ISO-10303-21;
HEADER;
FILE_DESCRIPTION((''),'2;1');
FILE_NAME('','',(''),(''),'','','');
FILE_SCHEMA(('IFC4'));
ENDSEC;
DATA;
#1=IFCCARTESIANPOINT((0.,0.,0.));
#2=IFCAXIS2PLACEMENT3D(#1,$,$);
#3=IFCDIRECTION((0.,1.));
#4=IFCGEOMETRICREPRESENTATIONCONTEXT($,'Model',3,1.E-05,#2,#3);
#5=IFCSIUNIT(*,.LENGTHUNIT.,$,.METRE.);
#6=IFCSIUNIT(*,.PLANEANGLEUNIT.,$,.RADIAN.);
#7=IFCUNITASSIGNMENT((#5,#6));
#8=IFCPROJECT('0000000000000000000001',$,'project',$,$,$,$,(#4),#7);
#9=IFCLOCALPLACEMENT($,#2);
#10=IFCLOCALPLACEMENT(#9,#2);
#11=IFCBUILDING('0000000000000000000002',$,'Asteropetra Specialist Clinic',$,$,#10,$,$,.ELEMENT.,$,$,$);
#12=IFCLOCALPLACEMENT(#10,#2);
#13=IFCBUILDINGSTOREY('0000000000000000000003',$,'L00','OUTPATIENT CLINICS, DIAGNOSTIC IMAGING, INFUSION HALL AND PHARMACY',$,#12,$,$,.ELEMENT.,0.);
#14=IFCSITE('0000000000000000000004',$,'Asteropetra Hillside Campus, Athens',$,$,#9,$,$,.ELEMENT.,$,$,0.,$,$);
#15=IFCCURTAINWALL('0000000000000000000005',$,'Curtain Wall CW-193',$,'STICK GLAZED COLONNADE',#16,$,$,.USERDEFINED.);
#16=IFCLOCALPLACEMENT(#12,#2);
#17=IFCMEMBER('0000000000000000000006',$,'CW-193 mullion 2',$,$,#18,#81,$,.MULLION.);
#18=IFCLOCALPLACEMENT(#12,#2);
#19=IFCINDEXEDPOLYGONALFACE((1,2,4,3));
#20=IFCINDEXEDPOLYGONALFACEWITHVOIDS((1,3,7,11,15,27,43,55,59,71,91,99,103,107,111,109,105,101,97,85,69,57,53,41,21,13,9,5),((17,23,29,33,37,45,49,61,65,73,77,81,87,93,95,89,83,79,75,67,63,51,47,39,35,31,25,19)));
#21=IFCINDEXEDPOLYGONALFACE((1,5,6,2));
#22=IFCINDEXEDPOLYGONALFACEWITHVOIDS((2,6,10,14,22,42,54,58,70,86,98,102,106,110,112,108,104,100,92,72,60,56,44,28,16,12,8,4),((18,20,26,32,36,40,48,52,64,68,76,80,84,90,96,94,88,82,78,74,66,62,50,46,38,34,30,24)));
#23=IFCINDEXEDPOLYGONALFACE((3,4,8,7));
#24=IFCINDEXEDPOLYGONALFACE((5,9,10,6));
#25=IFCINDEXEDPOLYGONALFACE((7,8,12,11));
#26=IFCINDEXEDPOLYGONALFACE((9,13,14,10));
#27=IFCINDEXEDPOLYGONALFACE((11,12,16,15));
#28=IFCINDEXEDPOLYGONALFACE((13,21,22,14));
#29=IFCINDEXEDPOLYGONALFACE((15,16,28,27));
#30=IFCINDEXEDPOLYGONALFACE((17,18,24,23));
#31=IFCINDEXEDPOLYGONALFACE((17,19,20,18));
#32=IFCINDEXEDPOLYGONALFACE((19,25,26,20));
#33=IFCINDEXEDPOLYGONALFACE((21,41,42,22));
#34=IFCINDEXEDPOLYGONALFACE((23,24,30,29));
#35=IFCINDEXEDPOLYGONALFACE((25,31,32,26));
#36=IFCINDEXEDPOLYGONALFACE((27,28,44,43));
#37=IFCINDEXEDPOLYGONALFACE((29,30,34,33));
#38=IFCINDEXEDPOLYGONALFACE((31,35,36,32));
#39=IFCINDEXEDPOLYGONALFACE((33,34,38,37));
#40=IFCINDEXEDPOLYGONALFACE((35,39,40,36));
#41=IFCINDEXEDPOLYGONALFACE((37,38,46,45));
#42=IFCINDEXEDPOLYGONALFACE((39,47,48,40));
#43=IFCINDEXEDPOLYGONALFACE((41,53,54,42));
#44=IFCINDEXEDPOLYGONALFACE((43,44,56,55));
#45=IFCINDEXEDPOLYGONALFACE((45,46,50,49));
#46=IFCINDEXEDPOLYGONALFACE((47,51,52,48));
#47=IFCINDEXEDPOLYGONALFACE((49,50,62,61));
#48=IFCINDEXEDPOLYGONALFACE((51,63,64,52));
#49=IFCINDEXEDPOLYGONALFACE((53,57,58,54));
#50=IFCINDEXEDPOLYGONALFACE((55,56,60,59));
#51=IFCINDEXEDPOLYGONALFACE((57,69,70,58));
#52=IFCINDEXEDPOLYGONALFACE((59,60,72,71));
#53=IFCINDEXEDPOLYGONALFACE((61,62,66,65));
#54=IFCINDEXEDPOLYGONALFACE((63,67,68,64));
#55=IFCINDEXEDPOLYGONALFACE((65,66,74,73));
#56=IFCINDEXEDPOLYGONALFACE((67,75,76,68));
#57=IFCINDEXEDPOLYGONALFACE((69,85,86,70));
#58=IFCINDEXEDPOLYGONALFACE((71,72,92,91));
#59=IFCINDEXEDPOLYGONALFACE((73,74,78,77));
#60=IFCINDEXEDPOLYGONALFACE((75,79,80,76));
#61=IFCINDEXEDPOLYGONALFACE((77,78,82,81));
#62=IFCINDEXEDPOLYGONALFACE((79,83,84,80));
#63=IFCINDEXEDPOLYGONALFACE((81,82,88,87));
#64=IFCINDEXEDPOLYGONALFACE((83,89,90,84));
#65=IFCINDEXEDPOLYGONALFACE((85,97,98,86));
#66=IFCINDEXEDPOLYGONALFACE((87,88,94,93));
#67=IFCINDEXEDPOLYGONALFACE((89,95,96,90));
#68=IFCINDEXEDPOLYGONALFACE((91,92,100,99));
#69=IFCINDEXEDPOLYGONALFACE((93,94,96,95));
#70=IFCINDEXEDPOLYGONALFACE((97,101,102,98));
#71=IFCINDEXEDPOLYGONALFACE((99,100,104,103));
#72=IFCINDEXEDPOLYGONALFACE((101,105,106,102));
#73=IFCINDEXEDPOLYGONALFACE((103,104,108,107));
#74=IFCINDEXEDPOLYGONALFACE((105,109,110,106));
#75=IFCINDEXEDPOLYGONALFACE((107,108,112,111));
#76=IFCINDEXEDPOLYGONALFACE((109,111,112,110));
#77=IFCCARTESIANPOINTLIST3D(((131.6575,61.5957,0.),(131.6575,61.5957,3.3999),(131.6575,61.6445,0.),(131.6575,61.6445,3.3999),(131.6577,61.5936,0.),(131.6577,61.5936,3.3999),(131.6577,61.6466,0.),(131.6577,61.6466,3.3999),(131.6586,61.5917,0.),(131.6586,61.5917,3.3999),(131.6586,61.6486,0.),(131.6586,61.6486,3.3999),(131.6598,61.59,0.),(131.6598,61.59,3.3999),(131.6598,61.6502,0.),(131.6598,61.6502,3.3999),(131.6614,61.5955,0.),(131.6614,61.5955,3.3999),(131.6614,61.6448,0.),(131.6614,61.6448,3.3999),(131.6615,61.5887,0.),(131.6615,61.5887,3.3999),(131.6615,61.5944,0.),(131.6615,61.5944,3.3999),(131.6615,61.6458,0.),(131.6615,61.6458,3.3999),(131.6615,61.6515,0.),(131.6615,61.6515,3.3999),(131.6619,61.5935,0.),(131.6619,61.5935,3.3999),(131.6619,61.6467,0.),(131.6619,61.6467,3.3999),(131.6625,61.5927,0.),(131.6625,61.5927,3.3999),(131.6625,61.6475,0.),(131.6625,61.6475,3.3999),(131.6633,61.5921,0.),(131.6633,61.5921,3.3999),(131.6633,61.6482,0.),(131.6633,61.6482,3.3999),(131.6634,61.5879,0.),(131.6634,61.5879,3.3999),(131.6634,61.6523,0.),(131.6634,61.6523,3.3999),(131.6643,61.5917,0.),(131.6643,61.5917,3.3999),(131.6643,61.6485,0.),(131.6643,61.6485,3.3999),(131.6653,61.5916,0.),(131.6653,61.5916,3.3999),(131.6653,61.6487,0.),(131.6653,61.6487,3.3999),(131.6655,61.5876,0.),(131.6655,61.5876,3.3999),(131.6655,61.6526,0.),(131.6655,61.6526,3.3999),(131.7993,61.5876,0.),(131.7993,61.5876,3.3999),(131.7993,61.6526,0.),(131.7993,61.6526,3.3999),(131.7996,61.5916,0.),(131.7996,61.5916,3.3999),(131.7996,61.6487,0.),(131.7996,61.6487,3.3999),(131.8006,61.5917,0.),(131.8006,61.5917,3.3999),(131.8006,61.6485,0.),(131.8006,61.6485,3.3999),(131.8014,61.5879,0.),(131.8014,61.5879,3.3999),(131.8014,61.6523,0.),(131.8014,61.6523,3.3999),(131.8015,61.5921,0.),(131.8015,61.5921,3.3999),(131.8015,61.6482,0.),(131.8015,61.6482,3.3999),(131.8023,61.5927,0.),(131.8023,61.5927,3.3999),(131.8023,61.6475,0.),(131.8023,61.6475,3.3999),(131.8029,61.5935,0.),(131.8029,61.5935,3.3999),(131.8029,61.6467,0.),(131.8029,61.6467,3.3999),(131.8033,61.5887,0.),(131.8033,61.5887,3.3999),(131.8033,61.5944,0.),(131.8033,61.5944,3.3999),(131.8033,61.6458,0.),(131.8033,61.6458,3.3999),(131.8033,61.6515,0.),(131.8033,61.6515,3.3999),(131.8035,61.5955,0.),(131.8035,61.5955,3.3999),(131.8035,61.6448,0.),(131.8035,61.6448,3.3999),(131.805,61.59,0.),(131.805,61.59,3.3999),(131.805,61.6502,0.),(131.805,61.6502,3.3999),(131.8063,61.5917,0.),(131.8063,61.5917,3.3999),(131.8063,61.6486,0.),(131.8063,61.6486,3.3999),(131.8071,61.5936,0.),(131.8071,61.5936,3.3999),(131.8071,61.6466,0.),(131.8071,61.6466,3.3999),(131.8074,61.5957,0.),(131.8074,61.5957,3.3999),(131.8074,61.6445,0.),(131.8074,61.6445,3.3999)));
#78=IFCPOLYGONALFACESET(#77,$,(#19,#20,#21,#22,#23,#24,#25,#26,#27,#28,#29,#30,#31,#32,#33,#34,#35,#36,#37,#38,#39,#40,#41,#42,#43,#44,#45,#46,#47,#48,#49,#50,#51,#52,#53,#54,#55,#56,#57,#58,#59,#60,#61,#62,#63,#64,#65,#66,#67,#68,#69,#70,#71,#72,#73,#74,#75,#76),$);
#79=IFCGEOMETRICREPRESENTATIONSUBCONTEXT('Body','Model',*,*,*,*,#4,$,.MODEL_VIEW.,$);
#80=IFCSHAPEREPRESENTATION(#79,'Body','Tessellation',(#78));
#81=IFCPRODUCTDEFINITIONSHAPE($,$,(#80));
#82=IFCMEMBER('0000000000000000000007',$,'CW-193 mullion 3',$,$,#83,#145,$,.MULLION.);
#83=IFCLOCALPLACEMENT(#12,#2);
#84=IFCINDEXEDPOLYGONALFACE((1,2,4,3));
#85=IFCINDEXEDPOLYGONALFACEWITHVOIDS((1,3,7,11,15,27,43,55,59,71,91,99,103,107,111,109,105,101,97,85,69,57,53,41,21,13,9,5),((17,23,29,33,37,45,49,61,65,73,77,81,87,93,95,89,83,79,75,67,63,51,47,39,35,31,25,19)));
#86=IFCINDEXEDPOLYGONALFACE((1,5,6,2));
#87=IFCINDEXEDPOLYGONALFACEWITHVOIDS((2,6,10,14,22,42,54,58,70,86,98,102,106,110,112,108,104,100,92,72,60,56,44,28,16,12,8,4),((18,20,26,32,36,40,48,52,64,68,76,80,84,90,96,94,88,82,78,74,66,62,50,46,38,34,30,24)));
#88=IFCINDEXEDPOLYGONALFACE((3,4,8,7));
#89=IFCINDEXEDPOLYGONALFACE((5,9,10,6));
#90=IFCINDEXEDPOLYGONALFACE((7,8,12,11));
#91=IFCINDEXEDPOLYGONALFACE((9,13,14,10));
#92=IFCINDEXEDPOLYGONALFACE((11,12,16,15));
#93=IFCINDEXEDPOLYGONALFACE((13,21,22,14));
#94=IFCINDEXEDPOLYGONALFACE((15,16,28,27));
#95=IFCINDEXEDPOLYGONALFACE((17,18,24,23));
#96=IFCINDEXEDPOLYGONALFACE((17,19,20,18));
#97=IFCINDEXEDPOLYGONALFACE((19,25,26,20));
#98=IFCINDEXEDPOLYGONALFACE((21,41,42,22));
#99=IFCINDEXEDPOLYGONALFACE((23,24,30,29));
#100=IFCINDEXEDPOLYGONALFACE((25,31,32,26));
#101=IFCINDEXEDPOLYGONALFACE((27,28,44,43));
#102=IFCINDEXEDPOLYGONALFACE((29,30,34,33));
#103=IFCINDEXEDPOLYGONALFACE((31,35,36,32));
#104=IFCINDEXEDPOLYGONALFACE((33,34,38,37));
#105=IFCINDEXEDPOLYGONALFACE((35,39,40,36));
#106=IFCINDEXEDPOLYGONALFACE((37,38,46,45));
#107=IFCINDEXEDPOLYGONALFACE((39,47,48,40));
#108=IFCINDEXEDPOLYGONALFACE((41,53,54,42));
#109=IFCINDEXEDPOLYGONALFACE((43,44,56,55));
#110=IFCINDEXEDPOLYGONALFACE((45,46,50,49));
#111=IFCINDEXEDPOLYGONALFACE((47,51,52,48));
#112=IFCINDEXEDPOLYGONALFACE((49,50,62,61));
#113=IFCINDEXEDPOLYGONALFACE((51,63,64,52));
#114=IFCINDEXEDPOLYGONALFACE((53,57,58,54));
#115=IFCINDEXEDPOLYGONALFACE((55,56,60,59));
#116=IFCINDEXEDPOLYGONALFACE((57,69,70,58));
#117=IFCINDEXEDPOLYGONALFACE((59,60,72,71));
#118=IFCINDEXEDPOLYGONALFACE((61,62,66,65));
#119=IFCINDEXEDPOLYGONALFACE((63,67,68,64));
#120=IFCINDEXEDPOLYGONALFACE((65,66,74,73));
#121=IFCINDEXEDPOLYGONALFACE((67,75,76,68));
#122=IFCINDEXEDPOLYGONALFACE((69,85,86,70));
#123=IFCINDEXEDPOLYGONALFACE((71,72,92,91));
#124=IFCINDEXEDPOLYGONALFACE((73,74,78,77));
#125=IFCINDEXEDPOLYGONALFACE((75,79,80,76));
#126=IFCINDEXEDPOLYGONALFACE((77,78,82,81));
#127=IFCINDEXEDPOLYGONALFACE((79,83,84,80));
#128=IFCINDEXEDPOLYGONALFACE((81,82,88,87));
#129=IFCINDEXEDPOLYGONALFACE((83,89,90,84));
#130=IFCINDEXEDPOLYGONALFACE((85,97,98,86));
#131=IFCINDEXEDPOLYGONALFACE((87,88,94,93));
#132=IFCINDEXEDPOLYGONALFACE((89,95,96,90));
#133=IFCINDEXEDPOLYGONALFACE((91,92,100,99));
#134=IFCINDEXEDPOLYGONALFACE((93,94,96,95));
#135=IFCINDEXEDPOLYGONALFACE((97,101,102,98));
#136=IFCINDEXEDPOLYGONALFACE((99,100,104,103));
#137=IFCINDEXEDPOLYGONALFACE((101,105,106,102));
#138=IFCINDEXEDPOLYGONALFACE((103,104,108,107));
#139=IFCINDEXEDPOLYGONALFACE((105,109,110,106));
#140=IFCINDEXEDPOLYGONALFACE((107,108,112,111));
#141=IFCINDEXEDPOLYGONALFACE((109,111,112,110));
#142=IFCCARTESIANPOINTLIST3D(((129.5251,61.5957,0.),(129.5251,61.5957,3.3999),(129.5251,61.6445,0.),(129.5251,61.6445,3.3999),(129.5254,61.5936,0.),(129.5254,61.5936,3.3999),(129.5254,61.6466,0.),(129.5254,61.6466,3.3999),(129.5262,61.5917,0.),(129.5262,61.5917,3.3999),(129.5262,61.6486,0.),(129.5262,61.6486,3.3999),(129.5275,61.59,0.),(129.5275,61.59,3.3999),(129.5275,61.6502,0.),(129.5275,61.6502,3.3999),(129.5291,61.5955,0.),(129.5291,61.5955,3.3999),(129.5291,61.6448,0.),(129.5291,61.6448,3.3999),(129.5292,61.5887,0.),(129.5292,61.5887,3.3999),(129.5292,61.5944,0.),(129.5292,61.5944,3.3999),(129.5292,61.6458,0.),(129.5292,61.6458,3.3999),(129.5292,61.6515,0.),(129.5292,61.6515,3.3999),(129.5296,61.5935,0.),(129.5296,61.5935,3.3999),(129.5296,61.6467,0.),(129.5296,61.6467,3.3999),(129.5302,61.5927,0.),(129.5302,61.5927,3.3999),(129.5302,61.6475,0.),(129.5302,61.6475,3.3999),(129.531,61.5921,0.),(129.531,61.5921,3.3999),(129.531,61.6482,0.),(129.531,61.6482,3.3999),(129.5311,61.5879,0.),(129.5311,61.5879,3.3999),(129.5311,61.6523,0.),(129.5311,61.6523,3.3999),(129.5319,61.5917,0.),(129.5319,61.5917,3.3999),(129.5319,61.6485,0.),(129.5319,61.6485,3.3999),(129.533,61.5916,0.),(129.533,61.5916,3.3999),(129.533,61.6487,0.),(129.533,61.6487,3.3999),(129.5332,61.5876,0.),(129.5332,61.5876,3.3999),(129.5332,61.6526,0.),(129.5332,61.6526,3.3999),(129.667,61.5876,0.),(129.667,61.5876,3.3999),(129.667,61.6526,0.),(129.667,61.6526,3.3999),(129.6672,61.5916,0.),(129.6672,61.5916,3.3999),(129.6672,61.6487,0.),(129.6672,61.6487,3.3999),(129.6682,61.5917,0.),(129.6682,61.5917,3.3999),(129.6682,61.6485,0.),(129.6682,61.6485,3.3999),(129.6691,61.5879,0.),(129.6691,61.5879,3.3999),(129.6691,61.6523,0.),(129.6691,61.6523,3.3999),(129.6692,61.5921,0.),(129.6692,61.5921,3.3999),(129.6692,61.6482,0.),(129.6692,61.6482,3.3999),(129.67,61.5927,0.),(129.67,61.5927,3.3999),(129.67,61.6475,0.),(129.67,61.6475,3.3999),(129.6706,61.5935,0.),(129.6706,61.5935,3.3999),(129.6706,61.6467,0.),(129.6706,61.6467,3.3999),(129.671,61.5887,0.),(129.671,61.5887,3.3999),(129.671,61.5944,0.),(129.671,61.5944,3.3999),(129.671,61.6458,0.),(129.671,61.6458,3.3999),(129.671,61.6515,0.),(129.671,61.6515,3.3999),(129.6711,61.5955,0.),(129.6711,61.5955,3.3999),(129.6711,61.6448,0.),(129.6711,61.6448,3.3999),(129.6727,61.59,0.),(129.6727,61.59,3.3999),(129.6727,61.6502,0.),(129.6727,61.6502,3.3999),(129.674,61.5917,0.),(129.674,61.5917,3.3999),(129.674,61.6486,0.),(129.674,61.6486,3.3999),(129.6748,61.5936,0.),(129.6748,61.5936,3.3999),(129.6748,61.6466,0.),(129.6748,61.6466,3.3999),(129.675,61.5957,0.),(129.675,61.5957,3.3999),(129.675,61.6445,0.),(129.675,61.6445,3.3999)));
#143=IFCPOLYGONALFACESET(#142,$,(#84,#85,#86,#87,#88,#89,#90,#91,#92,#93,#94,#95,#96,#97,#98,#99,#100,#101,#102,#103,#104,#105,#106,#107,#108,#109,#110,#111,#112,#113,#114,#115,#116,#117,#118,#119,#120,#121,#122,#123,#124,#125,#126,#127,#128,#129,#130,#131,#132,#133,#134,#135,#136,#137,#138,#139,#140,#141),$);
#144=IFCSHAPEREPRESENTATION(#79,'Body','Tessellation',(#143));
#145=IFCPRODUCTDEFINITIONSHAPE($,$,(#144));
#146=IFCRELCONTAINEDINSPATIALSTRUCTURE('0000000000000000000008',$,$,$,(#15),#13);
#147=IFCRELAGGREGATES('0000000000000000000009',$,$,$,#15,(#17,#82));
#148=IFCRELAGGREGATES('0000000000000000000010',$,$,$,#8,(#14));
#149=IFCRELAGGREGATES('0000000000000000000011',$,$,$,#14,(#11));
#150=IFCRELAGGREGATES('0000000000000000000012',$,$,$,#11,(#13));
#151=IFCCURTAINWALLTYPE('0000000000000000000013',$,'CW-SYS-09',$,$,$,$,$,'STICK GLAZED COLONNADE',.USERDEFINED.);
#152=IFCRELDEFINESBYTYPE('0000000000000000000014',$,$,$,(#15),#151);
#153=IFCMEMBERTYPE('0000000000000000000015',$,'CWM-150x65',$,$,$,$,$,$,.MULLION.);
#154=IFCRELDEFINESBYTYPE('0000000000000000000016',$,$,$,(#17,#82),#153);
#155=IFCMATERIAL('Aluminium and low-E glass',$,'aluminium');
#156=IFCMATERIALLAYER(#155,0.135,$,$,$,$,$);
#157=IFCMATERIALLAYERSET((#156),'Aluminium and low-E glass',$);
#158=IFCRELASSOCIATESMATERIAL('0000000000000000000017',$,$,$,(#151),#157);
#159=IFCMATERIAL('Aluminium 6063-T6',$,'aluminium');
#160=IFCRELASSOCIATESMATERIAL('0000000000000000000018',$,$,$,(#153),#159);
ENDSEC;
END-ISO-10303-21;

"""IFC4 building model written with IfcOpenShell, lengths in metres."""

from ifc_helpers import new_model, si_unit, direction, frame, origin, origin_2d, place, context, subcontext, project, spatial, hollow_rectangle, extrude, material, layer, layer_set, material_profile, profile_set, type_object, element, aggregate, save


model = new_model("IFC4")

# Units and contexts
model_context = context("Model", 3, precision=1e-05, world=origin(), true_north=direction((0.0, 1.0)))
body_context = subcontext(model_context, "Body", "Model", "MODEL_VIEW")
ifc_project = project(units=[si_unit("LENGTHUNIT", "METRE"), si_unit("PLANEANGLEUNIT", "RADIAN")], contexts=[model_context])

# Site, building, storey
site_placement = place(None, origin())
site = spatial("IfcSite", under=ifc_project, at=site_placement, Name="Asteropetra Hillside Campus, Athens", CompositionType="ELEMENT", RefElevation=0.0)
building_placement = place(site_placement, origin())
building = spatial("IfcBuilding", under=site, at=building_placement, Name="Asteropetra Specialist Clinic", CompositionType="ELEMENT")
storey_placement = place(building_placement, origin())
storey = spatial("IfcBuildingStorey", under=building, at=storey_placement, Name="L00", Description="OUTPATIENT CLINICS, DIAGNOSTIC IMAGING, INFUSION HALL AND PHARMACY", CompositionType="ELEMENT", Elevation=0.0)

# Curtain wall, members
ifc_material_1 = material(Name="Aluminium and low-E glass", Category="aluminium")
ifc_layer_1 = layer(ifc_material_1, 0.135)
ifc_layer_set_1 = layer_set([ifc_layer_1], Name="Aluminium and low-E glass")
curtain_wall_type = type_object("IfcCurtainWallType", Name="CW-SYS-09", ElementType="STICK GLAZED COLONNADE", PredefinedType="USERDEFINED", material=ifc_layer_set_1)
curtain_wall_placement = place(storey_placement, origin())
curtain_wall = element("IfcCurtainWall", 1, at=curtain_wall_placement, inside=storey, type_object=curtain_wall_type, Name="Curtain Wall CW-193", ObjectType="STICK GLAZED COLONNADE", PredefinedType="USERDEFINED")
ifc_material_2 = material(Name="Aluminium 6063-T6", Category="aluminium")
ifc_material_profile_1 = material_profile(ifc_material_2, hollow_rectangle(XDim=0.0649, YDim=0.1499, WallThickness=0.0039, InnerFilletRadius=0.0039, OuterFilletRadius=0.0081, at=origin_2d()), Name="MUL 150x65x4.0")
ifc_profile_set_1 = profile_set([ifc_material_profile_1], Name="Aluminium 6063-T6")
member_type_1 = type_object("IfcMemberType", Name="CWM-150x65", PredefinedType="MULLION", material=ifc_profile_set_1)
member_1_placement = place(storey_placement, frame((131.7324, 61.6201, 0.0), z_axis=(0.0, 0.0, 1.0), x_axis=(0.0, -1.0, 0.0)))
member_1 = element("IfcMember", 2, at=member_1_placement, type_object=member_type_1, Name="CW-193 mullion 2", PredefinedType="MULLION", context=body_context, shape_type="SweptSolid", body=[
    extrude(hollow_rectangle(XDim=0.0649, YDim=0.1499, WallThickness=0.0039, InnerFilletRadius=0.0039, OuterFilletRadius=0.0081, at=origin_2d()), origin(), (0.0, 0.0, 1.0), 3.3999),
])
member_2_placement = place(storey_placement, frame((129.6001, 61.6201, 0.0), z_axis=(0.0, 0.0, 1.0), x_axis=(0.0, -1.0, 0.0)))
member_2 = element("IfcMember", 3, at=member_2_placement, type_object=member_type_1, Name="CW-193 mullion 3", PredefinedType="MULLION", context=body_context, shape_type="SweptSolid", body=[
    extrude(hollow_rectangle(XDim=0.0649, YDim=0.1499, WallThickness=0.0039, InnerFilletRadius=0.0039, OuterFilletRadius=0.0081, at=origin_2d()), origin(), (0.0, 0.0, 1.0), 3.3999),
])
aggregate(curtain_wall, [member_1, member_2])

save(model, "model.ifc")
